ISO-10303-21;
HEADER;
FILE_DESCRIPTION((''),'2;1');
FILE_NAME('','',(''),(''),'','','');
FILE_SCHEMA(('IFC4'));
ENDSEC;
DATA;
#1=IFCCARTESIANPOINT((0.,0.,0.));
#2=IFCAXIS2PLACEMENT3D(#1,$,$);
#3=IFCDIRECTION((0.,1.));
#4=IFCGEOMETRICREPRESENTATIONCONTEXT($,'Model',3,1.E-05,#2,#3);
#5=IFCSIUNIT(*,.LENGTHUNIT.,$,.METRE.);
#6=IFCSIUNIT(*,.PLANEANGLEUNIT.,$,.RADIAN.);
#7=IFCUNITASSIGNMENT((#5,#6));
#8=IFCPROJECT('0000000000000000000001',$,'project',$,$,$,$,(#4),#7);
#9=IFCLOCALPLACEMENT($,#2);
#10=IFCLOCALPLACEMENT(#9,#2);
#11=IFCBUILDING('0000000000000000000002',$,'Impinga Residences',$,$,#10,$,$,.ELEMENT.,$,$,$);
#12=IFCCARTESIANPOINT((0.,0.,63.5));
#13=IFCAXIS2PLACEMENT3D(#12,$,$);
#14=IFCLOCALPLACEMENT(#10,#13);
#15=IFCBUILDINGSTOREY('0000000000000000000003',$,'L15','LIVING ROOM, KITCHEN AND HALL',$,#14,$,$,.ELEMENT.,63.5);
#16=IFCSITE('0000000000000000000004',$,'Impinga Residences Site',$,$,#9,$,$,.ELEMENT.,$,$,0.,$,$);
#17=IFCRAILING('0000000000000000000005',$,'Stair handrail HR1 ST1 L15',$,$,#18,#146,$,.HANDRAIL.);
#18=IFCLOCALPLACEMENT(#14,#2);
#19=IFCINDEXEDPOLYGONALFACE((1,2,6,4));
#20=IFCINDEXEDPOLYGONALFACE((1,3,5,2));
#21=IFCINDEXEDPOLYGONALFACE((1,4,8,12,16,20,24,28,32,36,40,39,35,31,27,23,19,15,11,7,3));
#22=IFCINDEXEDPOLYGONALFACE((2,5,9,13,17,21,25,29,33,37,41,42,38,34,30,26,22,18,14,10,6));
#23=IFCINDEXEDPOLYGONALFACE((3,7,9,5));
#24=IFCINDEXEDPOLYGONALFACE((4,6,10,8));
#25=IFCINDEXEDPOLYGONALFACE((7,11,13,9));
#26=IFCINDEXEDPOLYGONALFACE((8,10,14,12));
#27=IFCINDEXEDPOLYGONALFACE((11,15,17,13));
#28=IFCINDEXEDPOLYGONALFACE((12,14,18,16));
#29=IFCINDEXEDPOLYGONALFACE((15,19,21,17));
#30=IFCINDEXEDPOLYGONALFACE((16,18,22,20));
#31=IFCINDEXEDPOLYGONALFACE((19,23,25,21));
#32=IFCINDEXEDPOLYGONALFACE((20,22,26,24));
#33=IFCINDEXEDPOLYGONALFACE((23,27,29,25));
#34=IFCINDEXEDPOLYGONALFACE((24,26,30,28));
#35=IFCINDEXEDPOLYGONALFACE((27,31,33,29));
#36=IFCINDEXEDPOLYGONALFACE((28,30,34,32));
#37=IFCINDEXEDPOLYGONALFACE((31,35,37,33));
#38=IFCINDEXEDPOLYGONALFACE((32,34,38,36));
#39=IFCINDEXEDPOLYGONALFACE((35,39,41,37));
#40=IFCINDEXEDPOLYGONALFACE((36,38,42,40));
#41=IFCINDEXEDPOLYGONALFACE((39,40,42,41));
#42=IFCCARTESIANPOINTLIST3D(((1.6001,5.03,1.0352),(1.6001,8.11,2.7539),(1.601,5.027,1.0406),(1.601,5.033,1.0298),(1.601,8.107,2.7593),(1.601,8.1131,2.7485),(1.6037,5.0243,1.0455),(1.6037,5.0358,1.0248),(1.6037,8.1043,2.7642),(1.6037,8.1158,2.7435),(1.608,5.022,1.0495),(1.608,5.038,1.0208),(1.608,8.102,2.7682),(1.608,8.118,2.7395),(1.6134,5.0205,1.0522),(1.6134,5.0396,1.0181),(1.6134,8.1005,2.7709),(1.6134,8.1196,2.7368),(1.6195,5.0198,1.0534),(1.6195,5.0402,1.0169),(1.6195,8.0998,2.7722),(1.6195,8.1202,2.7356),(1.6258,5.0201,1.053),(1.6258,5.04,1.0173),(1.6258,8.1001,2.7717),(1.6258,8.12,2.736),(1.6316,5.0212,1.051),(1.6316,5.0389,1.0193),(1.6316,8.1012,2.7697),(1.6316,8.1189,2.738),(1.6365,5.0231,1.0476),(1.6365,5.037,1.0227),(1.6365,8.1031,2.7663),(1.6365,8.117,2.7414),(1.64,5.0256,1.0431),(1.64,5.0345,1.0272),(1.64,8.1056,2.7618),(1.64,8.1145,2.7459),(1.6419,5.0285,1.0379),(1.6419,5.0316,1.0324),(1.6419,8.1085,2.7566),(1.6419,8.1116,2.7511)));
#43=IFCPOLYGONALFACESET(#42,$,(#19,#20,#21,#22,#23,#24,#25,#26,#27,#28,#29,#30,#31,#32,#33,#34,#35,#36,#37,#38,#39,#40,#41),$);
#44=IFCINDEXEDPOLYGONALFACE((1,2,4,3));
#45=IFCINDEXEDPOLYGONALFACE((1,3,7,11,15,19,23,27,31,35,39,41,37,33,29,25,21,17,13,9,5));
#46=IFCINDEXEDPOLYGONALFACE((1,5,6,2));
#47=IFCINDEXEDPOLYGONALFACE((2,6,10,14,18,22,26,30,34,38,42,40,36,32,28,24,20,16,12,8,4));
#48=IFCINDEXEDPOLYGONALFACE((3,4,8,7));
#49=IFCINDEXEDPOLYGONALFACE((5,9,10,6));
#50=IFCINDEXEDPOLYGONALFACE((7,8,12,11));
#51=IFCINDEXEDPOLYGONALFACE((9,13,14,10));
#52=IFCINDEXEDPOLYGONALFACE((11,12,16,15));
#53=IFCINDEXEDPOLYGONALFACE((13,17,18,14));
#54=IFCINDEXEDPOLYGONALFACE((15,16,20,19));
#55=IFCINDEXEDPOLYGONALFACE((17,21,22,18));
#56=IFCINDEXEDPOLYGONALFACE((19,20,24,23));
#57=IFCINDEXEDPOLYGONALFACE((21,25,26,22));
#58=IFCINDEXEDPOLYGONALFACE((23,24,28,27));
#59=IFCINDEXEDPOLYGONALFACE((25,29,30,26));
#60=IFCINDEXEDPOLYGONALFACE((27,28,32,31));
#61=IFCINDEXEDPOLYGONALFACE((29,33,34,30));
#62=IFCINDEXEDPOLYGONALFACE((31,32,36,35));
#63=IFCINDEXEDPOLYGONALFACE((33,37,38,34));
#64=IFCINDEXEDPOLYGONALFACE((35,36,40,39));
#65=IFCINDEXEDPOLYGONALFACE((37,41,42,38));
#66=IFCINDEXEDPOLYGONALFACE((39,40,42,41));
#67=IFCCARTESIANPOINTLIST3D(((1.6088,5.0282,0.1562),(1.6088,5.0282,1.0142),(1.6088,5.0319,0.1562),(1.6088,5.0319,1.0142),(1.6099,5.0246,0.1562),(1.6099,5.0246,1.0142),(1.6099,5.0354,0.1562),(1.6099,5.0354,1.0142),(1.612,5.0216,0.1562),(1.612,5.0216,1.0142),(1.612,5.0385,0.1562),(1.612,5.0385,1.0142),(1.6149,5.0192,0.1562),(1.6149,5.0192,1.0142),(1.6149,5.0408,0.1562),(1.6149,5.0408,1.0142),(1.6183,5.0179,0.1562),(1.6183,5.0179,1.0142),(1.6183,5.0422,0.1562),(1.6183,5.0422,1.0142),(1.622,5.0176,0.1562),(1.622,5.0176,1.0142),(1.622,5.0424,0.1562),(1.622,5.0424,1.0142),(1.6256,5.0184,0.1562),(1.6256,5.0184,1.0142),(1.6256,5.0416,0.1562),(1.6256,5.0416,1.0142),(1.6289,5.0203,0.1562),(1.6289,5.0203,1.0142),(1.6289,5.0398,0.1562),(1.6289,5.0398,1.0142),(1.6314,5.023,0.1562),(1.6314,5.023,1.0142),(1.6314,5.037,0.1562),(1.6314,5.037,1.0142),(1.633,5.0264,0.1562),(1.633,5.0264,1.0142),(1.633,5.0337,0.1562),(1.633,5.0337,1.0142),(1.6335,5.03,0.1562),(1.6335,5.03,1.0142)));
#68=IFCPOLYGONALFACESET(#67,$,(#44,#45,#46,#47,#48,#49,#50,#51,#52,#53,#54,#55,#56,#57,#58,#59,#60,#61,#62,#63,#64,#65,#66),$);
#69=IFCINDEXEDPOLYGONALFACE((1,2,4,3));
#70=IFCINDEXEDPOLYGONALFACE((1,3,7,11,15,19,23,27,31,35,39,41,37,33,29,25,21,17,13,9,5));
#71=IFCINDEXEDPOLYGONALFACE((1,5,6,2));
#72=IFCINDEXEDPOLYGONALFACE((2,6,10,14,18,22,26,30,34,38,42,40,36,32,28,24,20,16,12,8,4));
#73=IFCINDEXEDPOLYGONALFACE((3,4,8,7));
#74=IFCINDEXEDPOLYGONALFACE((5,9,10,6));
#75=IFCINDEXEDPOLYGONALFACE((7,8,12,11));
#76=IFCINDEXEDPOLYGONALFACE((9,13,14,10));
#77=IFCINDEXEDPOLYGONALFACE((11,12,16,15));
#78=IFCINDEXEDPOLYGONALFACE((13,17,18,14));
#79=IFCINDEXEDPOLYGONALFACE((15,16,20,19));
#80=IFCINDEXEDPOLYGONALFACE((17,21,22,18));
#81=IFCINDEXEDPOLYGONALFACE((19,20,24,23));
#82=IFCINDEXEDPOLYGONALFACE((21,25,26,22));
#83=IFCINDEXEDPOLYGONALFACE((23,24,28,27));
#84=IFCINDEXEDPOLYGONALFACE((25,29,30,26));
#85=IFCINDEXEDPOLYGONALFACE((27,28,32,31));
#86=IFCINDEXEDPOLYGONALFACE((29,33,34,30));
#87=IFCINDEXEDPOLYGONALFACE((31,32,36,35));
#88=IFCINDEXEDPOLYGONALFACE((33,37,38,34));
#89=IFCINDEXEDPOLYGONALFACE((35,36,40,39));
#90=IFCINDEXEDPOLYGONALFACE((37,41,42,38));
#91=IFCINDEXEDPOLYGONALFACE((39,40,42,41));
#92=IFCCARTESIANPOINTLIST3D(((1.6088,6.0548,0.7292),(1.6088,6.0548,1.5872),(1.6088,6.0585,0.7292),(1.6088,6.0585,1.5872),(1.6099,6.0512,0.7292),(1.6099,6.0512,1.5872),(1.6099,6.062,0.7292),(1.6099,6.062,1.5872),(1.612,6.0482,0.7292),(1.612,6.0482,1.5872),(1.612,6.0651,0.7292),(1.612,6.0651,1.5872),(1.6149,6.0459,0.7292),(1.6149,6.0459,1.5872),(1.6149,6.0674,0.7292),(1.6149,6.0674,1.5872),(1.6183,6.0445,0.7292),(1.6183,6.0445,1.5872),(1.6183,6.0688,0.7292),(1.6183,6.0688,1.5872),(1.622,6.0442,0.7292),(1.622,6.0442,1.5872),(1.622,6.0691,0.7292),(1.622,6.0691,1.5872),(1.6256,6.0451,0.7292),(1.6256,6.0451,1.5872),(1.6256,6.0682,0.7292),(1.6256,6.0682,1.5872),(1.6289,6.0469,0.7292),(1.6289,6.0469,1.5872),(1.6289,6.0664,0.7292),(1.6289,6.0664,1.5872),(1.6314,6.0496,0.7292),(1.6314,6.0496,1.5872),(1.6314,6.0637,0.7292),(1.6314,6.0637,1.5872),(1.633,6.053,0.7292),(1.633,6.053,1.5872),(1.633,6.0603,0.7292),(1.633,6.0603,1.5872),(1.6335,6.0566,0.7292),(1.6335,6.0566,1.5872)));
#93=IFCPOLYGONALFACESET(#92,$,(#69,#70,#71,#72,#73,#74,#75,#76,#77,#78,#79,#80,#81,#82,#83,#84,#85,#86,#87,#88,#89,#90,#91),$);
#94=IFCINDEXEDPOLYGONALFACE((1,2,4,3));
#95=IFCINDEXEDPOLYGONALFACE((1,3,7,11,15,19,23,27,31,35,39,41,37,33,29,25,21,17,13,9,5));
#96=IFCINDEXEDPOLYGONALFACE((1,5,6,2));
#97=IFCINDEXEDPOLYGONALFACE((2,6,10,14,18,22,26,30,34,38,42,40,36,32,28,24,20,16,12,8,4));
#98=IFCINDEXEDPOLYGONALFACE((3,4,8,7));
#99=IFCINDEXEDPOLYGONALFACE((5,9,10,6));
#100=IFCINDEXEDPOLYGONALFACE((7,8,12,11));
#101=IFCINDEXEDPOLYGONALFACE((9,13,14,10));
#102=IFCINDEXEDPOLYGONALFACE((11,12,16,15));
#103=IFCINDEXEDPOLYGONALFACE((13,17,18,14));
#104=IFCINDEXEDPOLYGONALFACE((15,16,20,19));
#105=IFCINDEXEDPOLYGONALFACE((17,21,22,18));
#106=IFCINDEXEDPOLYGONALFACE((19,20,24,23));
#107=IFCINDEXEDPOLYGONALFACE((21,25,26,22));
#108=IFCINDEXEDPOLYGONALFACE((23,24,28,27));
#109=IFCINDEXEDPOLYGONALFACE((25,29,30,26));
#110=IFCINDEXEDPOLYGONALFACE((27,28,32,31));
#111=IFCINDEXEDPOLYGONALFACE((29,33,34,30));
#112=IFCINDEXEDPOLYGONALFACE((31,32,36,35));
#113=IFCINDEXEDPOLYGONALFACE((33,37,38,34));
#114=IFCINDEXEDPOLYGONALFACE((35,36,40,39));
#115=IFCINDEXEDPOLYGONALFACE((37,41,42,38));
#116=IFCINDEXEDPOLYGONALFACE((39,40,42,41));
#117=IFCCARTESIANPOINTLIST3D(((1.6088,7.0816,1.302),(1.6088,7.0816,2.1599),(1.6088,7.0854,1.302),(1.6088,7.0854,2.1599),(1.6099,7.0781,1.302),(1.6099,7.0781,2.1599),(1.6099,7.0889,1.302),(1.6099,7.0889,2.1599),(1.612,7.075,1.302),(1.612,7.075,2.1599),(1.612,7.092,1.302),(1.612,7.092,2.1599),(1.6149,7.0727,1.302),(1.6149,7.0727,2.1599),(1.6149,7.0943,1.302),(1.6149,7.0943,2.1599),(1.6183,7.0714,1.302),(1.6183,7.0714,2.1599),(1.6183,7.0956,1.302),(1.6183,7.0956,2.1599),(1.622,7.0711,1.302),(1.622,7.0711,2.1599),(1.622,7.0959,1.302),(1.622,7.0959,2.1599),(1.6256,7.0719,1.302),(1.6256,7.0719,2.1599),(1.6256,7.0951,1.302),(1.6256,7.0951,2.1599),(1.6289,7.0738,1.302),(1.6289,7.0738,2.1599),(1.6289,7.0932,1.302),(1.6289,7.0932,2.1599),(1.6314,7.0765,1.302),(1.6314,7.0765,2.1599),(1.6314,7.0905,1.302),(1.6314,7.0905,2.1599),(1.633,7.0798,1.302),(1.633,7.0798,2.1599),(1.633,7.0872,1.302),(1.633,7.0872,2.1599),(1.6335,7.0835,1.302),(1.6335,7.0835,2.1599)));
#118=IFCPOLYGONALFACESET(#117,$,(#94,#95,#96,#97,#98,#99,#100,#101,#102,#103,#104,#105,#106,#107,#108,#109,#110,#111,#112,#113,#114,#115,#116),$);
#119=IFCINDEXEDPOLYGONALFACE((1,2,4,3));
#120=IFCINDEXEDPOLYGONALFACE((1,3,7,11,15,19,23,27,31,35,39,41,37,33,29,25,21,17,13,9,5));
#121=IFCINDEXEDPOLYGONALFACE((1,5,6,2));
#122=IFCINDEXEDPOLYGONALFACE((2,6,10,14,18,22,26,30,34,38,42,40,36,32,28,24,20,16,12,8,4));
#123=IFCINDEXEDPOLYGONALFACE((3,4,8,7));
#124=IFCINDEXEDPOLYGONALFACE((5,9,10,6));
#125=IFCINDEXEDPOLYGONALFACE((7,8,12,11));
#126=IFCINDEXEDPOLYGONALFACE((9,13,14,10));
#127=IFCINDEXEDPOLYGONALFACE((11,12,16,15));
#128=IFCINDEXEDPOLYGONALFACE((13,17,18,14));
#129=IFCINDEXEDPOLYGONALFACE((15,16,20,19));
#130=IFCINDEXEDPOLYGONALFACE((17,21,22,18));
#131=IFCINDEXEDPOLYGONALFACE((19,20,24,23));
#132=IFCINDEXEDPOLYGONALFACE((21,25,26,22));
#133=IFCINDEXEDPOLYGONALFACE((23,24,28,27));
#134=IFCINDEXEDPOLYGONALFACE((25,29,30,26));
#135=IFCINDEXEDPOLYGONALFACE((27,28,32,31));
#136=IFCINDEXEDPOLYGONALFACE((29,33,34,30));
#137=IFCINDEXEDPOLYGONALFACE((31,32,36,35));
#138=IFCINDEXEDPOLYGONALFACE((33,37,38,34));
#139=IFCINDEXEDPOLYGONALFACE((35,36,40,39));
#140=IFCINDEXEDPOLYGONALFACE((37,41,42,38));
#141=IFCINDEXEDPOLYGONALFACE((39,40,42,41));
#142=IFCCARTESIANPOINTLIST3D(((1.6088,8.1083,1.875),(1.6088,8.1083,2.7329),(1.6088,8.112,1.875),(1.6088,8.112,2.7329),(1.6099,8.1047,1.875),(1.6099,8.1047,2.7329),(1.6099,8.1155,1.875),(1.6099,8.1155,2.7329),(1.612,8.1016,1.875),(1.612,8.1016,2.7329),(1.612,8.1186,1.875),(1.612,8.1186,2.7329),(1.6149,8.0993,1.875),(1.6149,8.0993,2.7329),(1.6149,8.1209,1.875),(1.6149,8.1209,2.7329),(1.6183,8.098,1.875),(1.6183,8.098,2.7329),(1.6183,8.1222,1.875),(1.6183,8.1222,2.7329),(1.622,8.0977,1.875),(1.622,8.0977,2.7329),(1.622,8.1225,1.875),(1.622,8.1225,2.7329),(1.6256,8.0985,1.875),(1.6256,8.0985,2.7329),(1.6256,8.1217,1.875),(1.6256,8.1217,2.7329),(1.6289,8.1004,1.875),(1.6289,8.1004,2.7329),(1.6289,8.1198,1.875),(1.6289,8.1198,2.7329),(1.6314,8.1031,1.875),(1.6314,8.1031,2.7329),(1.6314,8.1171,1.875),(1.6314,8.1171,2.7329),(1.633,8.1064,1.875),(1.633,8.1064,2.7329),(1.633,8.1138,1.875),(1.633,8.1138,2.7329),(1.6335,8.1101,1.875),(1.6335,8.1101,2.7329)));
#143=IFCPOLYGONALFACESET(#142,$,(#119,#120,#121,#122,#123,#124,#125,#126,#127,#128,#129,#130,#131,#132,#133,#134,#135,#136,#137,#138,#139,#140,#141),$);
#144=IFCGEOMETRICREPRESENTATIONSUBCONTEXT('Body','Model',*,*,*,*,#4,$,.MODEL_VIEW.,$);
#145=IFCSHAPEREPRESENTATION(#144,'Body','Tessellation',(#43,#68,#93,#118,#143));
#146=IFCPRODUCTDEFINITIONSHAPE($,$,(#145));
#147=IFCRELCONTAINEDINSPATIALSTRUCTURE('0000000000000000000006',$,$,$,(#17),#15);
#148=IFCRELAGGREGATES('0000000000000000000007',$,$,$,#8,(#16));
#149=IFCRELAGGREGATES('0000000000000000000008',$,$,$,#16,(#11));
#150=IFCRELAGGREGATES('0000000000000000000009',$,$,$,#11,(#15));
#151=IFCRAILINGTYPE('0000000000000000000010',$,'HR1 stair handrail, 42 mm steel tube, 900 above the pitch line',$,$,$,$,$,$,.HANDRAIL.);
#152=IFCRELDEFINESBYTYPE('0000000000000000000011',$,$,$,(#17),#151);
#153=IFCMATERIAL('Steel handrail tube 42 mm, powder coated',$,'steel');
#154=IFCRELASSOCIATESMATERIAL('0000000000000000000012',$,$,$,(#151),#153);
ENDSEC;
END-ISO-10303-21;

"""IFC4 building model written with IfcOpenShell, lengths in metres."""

from ifc_helpers import new_model, si_unit, direction, frame, origin, origin_2d, place, context, subcontext, project, spatial, circle, extrude, material, type_object, element, save


model = new_model("IFC4")

# Units and contexts
model_context = context("Model", 3, precision=1e-05, world=origin(), true_north=direction((0.0, 1.0)))
body_context = subcontext(model_context, "Body", "Model", "MODEL_VIEW")
ifc_project = project(units=[si_unit("LENGTHUNIT", "METRE"), si_unit("PLANEANGLEUNIT", "RADIAN")], contexts=[model_context])

# Site, building, storey
site_placement = place(None, origin())
site = spatial("IfcSite", under=ifc_project, at=site_placement, Name="Impinga Residences Site", CompositionType="ELEMENT", RefElevation=0.0)
building_placement = place(site_placement, origin())
building = spatial("IfcBuilding", under=site, at=building_placement, Name="Impinga Residences", CompositionType="ELEMENT")
storey_placement = place(building_placement, frame((0.0, 0.0, 63.5)))
storey = spatial("IfcBuildingStorey", under=building, at=storey_placement, Name="L15", Description="LIVING ROOM, KITCHEN AND HALL", CompositionType="ELEMENT", Elevation=63.5)

# Railing
ifc_material_1 = material(Name="Steel handrail tube 42 mm, powder coated", Category="steel")
railing_type_1 = type_object("IfcRailingType", Name="HR1 stair handrail, 42 mm steel tube, 900 above the pitch line", PredefinedType="HANDRAIL", material=ifc_material_1)
railing_1_placement = place(storey_placement, frame((1.6211, 5.03, 0.1562)))
element("IfcRailing", 1, at=railing_1_placement, inside=storey, type_object=railing_type_1, Name="Stair handrail HR1 ST1 L15", PredefinedType="HANDRAIL", context=body_context, shape_type="SweptSolid", body=[
    extrude(circle(Radius=0.021, at=origin_2d()), frame((0.0, 0.0, 0.8789), z_axis=(0.0, 0.873242, 0.487288), x_axis=(-1.0, 0.0, 0.0)), (0.0, 0.0, 1.0), 3.5271),
    extrude(circle(Radius=0.0125, at=origin_2d()), origin(), (0.0, 0.0, 1.0), 0.8579),
    extrude(circle(Radius=0.0125, at=origin_2d()), frame((0.0, 1.0266, 0.573)), (0.0, 0.0, 1.0), 0.8579),
    extrude(circle(Radius=0.0125, at=origin_2d()), frame((0.0, 2.0535, 1.1458)), (0.0, 0.0, 1.0), 0.8579),
    extrude(circle(Radius=0.0125, at=origin_2d()), frame((0.0, 3.0801, 1.7188)), (0.0, 0.0, 1.0), 0.8579),
])

save(model, "model.ifc")
